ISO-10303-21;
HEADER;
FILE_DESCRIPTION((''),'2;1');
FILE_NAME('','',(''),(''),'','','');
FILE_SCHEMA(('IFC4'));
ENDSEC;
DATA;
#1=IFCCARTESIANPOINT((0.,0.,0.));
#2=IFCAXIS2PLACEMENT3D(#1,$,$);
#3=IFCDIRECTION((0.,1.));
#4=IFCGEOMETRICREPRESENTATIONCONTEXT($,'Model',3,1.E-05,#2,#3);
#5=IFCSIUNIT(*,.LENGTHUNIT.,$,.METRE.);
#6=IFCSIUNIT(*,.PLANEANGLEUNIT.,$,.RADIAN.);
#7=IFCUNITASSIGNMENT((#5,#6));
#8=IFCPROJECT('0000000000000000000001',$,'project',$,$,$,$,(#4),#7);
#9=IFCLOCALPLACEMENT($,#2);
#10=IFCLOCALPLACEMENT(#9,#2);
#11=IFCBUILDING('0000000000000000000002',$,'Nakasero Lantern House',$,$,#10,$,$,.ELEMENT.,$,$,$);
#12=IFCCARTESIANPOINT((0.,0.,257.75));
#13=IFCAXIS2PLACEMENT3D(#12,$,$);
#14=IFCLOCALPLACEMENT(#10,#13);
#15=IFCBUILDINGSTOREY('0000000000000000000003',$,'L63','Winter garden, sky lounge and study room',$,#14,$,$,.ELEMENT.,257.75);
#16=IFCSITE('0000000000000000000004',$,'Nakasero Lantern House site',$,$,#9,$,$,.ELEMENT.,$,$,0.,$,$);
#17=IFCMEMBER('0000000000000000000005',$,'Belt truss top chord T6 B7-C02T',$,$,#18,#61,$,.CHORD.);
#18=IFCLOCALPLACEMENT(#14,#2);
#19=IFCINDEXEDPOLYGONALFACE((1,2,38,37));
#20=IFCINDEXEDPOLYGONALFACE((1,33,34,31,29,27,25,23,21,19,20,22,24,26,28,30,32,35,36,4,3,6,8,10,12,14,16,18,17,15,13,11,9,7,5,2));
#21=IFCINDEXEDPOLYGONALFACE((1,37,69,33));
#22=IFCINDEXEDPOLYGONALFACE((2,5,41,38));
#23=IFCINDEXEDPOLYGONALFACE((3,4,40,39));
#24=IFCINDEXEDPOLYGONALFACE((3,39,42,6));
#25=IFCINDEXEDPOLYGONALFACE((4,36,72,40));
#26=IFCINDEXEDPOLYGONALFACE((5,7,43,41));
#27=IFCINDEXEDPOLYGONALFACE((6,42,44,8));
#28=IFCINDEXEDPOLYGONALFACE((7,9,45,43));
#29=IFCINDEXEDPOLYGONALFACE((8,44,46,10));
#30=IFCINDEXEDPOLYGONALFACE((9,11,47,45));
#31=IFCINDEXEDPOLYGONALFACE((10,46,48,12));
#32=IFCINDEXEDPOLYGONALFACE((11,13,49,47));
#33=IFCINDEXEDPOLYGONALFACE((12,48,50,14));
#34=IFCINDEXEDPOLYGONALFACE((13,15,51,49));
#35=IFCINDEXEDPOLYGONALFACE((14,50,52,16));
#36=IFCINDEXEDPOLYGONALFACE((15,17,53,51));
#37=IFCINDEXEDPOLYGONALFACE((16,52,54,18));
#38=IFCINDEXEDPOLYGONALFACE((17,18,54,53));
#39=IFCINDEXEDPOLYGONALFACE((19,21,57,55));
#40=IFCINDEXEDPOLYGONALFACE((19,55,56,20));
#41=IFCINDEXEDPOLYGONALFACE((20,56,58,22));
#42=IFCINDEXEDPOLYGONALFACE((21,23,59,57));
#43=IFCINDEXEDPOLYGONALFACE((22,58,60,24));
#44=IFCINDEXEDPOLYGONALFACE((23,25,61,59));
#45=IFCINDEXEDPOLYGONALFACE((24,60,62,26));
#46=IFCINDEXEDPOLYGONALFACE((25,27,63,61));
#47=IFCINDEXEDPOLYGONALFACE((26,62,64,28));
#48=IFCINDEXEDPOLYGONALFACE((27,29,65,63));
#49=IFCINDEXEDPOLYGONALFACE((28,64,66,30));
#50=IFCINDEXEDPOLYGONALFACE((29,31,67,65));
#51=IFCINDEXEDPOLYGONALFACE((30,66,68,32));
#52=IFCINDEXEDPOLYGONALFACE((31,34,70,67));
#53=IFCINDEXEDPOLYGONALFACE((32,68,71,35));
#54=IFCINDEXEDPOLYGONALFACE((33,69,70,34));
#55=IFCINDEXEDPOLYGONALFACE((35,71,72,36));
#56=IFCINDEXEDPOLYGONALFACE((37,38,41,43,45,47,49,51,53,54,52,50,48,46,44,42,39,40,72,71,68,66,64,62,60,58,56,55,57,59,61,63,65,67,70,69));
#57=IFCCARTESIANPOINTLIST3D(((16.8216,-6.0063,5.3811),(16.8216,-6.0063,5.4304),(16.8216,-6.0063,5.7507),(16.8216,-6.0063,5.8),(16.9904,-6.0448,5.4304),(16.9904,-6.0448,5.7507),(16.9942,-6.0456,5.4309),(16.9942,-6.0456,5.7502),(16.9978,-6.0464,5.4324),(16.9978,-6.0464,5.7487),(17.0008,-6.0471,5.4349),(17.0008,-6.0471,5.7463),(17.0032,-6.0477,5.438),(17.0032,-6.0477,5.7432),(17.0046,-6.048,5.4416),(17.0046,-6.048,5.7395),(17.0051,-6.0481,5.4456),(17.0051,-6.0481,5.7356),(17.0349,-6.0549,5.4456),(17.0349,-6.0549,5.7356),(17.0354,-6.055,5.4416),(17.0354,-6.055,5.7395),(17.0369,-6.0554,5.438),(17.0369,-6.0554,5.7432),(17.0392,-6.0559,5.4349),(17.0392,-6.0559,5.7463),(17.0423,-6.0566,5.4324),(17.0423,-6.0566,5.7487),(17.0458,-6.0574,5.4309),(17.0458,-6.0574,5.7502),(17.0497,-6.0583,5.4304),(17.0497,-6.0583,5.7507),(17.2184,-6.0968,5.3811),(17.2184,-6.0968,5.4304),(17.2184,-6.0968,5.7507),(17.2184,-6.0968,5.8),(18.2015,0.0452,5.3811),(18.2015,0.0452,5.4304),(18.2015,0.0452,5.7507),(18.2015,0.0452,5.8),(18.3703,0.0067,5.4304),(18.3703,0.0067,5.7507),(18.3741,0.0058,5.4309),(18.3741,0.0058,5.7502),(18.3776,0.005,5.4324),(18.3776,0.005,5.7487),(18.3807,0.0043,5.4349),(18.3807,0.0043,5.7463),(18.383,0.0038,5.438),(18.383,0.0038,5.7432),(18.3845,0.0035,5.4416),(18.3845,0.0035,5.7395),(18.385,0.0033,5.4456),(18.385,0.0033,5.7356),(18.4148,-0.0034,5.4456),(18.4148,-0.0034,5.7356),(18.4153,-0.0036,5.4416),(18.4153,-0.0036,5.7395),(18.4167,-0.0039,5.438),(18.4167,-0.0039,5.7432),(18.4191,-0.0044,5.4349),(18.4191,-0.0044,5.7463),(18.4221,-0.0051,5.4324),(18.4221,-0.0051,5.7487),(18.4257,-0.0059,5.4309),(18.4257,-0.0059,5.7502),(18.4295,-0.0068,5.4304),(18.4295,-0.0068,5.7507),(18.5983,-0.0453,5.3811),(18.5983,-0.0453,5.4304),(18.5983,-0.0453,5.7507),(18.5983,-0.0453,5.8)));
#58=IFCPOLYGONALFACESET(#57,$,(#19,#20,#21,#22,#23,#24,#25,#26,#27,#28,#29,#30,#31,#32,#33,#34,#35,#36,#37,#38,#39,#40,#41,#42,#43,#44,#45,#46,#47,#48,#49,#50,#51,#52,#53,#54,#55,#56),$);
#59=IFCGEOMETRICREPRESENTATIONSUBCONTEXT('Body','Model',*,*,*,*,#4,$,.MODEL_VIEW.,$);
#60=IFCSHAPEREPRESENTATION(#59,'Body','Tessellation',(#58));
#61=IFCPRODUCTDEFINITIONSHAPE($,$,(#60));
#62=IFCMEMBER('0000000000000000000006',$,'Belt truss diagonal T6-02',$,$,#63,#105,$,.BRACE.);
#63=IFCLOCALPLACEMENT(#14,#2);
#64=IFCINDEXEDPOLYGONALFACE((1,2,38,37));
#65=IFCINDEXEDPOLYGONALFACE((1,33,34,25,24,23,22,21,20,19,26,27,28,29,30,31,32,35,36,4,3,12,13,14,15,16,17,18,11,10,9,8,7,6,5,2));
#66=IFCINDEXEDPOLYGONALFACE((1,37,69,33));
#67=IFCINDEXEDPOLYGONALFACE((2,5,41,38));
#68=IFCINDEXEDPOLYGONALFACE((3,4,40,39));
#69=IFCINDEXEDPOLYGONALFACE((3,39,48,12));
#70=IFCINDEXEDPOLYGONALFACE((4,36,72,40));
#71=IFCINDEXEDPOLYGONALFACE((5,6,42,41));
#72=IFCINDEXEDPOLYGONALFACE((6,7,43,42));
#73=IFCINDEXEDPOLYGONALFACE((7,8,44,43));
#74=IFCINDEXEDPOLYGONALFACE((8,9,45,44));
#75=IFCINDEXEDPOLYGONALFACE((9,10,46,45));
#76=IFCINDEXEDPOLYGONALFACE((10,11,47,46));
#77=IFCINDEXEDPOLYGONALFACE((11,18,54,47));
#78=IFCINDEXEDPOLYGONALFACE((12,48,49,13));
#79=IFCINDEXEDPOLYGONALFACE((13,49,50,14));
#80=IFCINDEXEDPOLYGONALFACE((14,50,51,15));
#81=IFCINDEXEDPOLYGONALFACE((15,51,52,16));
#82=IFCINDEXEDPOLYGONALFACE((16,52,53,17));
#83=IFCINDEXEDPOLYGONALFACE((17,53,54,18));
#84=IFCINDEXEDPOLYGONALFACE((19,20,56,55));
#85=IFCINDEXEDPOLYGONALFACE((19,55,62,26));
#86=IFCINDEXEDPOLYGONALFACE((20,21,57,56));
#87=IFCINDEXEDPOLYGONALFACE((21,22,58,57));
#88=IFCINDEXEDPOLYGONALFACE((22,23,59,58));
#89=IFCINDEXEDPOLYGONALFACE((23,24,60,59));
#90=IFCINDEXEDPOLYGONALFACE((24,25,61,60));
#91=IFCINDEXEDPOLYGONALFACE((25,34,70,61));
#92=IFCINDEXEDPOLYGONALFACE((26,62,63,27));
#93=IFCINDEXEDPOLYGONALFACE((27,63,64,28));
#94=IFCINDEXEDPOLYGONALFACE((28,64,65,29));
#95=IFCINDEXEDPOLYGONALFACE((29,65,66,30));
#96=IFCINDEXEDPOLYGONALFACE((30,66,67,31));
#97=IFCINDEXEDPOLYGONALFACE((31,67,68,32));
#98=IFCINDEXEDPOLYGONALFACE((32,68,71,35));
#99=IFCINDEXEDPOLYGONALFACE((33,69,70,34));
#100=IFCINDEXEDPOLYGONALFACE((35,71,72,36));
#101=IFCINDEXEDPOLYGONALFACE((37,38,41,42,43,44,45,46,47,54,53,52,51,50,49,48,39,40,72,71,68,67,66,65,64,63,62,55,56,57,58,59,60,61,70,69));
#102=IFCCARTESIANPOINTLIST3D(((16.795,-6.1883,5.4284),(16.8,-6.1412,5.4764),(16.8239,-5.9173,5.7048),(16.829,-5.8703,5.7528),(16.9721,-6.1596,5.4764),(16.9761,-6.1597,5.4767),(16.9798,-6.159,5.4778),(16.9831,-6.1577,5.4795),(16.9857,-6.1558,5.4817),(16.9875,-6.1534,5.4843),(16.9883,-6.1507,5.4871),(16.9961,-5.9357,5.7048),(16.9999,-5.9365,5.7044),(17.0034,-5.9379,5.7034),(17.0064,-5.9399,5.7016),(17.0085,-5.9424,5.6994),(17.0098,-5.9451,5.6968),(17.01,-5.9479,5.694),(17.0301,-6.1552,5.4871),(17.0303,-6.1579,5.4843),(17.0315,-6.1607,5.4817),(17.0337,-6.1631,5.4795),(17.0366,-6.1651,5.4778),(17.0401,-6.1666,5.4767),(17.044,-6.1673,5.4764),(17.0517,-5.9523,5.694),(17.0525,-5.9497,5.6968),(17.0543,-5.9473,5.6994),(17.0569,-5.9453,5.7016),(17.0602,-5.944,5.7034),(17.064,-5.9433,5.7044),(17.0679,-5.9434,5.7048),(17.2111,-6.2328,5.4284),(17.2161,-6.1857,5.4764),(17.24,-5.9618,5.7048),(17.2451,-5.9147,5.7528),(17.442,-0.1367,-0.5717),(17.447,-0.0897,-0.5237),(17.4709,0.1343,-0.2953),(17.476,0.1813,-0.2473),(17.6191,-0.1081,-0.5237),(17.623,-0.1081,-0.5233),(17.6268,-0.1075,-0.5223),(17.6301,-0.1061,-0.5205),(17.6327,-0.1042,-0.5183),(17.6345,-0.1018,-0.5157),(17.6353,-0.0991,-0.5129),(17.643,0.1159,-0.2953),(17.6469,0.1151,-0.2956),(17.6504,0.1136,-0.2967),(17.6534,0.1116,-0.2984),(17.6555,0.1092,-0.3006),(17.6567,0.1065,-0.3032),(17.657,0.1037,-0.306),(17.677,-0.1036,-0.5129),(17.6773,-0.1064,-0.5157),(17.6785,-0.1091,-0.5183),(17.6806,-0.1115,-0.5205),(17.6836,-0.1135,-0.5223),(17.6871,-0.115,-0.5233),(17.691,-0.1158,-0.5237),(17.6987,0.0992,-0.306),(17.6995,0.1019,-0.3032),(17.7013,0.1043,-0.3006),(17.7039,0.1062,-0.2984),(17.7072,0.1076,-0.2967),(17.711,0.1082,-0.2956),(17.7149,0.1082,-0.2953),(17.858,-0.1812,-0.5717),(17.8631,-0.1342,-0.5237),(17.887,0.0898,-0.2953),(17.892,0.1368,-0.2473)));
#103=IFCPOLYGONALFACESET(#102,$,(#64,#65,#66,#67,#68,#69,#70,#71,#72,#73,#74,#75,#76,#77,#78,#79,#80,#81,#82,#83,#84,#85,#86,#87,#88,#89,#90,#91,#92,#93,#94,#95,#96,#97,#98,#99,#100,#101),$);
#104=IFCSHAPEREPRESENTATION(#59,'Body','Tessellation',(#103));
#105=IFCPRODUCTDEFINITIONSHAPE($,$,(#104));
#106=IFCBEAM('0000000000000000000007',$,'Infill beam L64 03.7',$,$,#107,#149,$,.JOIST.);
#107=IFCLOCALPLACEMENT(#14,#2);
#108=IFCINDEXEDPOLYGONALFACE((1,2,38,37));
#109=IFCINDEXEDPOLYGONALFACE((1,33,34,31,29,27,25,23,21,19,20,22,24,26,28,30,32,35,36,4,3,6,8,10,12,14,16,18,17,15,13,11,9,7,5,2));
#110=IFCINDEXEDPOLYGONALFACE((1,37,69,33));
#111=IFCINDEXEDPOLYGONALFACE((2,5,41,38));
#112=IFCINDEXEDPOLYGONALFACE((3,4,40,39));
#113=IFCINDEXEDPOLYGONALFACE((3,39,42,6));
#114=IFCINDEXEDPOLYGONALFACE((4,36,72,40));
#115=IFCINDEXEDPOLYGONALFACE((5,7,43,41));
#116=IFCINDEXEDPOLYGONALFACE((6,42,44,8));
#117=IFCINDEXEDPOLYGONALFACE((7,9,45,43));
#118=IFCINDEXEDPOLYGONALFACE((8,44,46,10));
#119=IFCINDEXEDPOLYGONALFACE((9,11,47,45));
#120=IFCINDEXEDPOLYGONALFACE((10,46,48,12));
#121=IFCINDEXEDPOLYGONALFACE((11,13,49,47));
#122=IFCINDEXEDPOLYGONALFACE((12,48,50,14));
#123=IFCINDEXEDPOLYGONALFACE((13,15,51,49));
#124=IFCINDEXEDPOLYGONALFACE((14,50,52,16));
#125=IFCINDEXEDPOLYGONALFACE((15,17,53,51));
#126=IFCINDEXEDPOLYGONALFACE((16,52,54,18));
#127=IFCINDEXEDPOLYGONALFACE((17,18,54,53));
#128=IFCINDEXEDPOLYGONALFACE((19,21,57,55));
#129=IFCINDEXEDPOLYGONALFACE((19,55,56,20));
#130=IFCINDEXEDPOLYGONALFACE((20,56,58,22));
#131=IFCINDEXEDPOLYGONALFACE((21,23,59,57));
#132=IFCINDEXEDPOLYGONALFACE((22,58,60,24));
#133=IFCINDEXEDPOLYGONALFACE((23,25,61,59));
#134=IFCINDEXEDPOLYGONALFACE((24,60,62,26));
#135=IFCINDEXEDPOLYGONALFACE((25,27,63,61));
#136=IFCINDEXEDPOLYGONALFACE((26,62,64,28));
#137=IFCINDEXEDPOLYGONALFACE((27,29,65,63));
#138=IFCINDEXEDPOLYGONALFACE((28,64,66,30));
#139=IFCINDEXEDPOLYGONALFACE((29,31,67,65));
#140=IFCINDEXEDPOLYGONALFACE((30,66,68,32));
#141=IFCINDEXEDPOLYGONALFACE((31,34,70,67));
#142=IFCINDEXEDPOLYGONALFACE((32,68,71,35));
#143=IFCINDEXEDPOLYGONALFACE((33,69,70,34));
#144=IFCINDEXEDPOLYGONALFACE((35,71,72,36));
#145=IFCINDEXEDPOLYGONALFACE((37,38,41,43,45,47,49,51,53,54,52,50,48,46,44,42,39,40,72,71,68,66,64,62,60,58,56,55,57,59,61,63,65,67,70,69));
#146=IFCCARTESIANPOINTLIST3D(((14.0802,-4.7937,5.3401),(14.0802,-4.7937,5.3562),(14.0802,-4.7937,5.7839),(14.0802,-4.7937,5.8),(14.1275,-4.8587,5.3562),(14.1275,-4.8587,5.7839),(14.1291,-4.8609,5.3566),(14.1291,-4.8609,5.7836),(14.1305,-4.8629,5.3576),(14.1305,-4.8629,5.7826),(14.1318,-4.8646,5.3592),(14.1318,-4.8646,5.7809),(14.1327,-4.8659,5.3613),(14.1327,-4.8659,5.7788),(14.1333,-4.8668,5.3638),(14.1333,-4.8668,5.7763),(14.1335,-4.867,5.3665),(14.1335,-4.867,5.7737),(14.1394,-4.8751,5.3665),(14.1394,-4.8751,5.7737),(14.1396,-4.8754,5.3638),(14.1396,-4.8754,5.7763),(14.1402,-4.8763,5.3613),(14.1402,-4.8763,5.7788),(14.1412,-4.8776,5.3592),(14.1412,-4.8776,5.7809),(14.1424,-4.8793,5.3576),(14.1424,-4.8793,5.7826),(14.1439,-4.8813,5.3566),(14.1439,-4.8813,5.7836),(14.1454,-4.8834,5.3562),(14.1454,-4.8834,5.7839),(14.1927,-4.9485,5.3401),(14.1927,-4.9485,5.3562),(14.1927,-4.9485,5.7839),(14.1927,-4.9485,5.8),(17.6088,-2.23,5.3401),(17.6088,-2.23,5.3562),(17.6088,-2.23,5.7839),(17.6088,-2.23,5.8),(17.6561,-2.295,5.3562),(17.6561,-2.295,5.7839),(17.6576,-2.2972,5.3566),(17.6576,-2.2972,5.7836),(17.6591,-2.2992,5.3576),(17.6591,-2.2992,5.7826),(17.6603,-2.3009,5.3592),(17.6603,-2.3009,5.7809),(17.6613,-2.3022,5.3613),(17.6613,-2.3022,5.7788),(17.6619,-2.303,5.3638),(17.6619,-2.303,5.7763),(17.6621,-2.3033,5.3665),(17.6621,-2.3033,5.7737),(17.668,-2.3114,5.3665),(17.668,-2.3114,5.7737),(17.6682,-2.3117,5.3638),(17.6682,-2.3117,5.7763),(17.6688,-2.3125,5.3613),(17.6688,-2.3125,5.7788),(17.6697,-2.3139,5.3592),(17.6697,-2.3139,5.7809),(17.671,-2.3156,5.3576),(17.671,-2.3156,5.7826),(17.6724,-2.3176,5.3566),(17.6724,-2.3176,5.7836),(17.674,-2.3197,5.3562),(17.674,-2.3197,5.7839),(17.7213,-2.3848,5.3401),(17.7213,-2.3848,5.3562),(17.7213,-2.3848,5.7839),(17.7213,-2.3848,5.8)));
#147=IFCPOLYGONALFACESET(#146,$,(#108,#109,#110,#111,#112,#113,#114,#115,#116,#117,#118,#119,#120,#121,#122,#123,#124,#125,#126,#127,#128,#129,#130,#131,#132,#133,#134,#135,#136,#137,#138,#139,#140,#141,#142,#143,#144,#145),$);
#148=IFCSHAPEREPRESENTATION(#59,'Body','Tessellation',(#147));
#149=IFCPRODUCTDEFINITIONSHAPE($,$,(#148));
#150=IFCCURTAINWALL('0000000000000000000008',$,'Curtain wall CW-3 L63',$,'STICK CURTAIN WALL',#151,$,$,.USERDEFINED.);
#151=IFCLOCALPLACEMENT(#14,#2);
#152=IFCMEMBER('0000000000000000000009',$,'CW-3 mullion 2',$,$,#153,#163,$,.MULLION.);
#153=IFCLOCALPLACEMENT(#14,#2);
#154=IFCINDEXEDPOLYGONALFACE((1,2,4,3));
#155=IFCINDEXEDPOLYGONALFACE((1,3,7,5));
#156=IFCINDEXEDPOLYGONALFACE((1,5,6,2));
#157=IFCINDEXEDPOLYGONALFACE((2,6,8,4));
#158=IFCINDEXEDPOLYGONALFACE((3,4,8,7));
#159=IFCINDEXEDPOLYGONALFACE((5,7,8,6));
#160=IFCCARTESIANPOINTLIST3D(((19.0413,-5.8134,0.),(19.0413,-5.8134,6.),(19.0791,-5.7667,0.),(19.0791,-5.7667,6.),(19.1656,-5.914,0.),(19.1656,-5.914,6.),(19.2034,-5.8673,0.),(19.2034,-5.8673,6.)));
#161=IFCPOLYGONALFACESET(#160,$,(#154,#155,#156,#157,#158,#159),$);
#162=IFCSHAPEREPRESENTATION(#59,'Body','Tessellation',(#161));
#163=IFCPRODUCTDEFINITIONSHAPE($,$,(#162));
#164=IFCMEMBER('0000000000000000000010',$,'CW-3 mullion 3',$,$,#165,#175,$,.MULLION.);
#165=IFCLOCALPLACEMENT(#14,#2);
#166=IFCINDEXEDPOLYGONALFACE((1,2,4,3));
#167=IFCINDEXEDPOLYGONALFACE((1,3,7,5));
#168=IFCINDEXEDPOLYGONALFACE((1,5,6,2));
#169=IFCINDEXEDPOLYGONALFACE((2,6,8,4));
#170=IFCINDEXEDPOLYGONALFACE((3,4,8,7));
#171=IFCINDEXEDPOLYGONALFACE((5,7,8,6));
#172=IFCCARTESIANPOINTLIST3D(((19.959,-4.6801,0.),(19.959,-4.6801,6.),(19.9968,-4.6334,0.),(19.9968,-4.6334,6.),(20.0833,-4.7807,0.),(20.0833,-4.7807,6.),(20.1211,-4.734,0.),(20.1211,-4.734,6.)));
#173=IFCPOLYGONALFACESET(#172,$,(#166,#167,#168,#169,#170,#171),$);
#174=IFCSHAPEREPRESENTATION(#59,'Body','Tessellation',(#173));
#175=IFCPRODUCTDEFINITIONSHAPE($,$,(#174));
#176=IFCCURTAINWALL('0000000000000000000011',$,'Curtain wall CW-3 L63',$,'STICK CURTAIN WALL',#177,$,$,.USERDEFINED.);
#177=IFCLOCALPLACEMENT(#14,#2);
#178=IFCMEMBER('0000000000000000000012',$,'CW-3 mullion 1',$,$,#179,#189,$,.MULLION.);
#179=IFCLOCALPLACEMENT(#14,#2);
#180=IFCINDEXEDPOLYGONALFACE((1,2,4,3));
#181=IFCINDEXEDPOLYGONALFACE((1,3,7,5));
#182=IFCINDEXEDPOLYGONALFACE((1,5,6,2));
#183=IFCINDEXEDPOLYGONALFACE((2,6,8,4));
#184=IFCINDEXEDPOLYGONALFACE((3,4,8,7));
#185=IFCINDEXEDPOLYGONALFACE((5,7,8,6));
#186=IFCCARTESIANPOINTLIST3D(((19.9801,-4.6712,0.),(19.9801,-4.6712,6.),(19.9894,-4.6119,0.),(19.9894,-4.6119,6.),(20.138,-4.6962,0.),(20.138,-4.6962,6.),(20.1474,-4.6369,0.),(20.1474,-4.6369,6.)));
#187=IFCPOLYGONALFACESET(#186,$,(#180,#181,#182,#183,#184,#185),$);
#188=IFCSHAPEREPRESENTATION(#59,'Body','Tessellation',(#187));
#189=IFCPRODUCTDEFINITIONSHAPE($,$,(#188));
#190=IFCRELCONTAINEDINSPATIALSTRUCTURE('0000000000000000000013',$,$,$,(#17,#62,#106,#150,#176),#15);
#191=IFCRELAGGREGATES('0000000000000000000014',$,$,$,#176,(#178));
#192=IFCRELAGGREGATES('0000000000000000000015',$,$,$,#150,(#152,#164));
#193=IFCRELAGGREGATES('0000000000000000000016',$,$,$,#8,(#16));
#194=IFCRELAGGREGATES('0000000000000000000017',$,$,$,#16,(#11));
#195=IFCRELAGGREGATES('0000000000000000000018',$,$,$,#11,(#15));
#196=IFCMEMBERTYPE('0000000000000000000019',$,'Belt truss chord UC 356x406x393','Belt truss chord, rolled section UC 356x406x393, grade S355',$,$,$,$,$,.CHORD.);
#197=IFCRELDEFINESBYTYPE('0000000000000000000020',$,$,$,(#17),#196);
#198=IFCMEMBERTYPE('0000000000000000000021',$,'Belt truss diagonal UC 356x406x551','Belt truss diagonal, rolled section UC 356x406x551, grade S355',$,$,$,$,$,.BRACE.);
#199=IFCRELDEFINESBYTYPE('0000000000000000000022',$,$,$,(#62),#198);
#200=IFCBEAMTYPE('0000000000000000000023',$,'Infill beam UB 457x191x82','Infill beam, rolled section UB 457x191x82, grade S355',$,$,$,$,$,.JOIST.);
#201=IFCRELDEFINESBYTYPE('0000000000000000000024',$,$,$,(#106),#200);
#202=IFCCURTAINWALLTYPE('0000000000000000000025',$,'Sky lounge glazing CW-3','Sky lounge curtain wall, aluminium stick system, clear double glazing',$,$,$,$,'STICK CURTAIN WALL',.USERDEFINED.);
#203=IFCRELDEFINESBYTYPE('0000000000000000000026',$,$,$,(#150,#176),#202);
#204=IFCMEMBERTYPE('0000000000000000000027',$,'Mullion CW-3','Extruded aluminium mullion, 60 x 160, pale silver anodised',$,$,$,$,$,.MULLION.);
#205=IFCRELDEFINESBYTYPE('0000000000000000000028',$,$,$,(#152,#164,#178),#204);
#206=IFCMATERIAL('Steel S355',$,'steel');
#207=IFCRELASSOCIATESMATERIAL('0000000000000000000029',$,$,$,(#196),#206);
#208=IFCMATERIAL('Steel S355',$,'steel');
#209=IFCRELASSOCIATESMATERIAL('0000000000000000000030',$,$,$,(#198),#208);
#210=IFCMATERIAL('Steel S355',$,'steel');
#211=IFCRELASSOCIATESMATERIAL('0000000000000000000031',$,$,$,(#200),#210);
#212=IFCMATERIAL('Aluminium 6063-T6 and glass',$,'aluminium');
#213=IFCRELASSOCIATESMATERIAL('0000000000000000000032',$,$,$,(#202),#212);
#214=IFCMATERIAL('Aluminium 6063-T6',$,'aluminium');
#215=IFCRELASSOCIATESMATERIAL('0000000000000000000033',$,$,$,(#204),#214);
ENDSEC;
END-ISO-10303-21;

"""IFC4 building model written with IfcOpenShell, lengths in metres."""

from ifc_helpers import new_model, si_unit, direction, frame, origin, origin_2d, place, context, subcontext, project, spatial, rectangle, i_section, extrude, material, material_profile, profile_set, type_object, element, aggregate, save


model = new_model("IFC4")

# Units and contexts
model_context = context("Model", 3, precision=1e-05, world=origin(), true_north=direction((0.0, 1.0)))
body_context = subcontext(model_context, "Body", "Model", "MODEL_VIEW")
ifc_project = project(units=[si_unit("LENGTHUNIT", "METRE"), si_unit("PLANEANGLEUNIT", "RADIAN")], contexts=[model_context])

# Site, building, storey
site_placement = place(None, origin())
site = spatial("IfcSite", under=ifc_project, at=site_placement, Name="Nakasero Lantern House site", CompositionType="ELEMENT", RefElevation=0.0)
building_placement = place(site_placement, origin())
building = spatial("IfcBuilding", under=site, at=building_placement, Name="Nakasero Lantern House", CompositionType="ELEMENT")
storey_placement = place(building_placement, frame((0.0, 0.0, 257.75)))
storey = spatial("IfcBuildingStorey", under=building, at=storey_placement, Name="L63", Description="Winter garden, sky lounge and study room", CompositionType="ELEMENT", Elevation=257.75)

# Members
ifc_material_1 = material(Name="Steel S355", Category="steel")
ifc_material_profile_1 = material_profile(ifc_material_1, i_section(OverallWidth=0.407, OverallDepth=0.4189, WebThickness=0.0305, FlangeThickness=0.0493, FilletRadius=0.0151, at=origin_2d()), Name="UC 356x406x393")
ifc_profile_set_1 = profile_set([ifc_material_profile_1], Name="Steel S355")
member_type_1 = type_object("IfcMemberType", Name="Belt truss chord UC 356x406x393", Description="Belt truss chord, rolled section UC 356x406x393, grade S355", PredefinedType="CHORD", material=ifc_profile_set_1)
member_1_placement = place(storey_placement, frame((17.02, -6.0515, 5.5906), z_axis=(0.222316, 0.974975, 0.0), x_axis=(-0.974975, 0.222316, 0.0)))
element("IfcMember", 1, at=member_1_placement, inside=storey, type_object=member_type_1, Name="Belt truss top chord T6 B7-C02T", PredefinedType="CHORD", context=body_context, shape_type="SweptSolid", body=[
    extrude(i_section(OverallWidth=0.407, OverallDepth=0.4189, WebThickness=0.0305, FlangeThickness=0.0493, FilletRadius=0.0151, at=origin_2d()), origin(), (0.0, 0.0, 1.0), 6.2068),
])
ifc_material_2 = material(Name="Steel S355", Category="steel")
ifc_material_profile_2 = material_profile(ifc_material_2, i_section(OverallWidth=0.4185, OverallDepth=0.4556, WebThickness=0.042, FlangeThickness=0.0674, FilletRadius=0.0151, at=origin_2d()), Name="UC 356x406x551")
ifc_profile_set_2 = profile_set([ifc_material_profile_2], Name="Steel S355")
member_type_2 = type_object("IfcMemberType", Name="Belt truss diagonal UC 356x406x551", Description="Belt truss diagonal, rolled section UC 356x406x551, grade S355", PredefinedType="BRACE", material=ifc_profile_set_2)
member_2_placement = place(storey_placement, frame((17.02, -6.0515, 5.5906), z_axis=(0.075702, 0.708085, -0.702057), x_axis=(-0.994334, 0.106305, 0.0)))
element("IfcMember", 2, at=member_2_placement, inside=storey, type_object=member_type_2, Name="Belt truss diagonal T6-02", PredefinedType="BRACE", context=body_context, shape_type="SweptSolid", body=[
    extrude(i_section(OverallWidth=0.4185, OverallDepth=0.4556, WebThickness=0.042, FlangeThickness=0.0674, FilletRadius=0.0151, at=origin_2d()), origin(), (0.0, 0.0, 1.0), 8.5464),
])

# Beam
ifc_material_3 = material(Name="Steel S355", Category="steel")
ifc_material_profile_3 = material_profile(ifc_material_3, i_section(OverallWidth=0.1914, OverallDepth=0.46, WebThickness=0.01, FlangeThickness=0.0161, FilletRadius=0.0103, at=origin_2d()), Name="UB 457x191x82")
ifc_profile_set_3 = profile_set([ifc_material_profile_3], Name="Steel S355")
beam_type_1 = type_object("IfcBeamType", Name="Infill beam UB 457x191x82", Description="Infill beam, rolled section UB 457x191x82, grade S355", PredefinedType="JOIST", material=ifc_profile_set_3)
beam_1_placement = place(storey_placement, frame((14.1365, -4.8711, 5.5701), z_axis=(0.80901, 0.587796, 0.0), x_axis=(-0.587796, 0.80901, 0.0)))
element("IfcBeam", 3, at=beam_1_placement, inside=storey, type_object=beam_type_1, Name="Infill beam L64 03.7", PredefinedType="JOIST", context=body_context, shape_type="SweptSolid", body=[
    extrude(i_section(OverallWidth=0.1914, OverallDepth=0.46, WebThickness=0.01, FlangeThickness=0.0161, FilletRadius=0.0103, at=origin_2d()), origin(), (0.0, 0.0, 1.0), 4.3616),
])

# Curtain wall, members
ifc_material_4 = material(Name="Aluminium 6063-T6 and glass", Category="aluminium")
curtain_wall_type = type_object("IfcCurtainWallType", Name="Sky lounge glazing CW-3", Description="Sky lounge curtain wall, aluminium stick system, clear double glazing", ElementType="STICK CURTAIN WALL", PredefinedType="USERDEFINED", material=ifc_material_4)
curtain_wall_1_placement = place(storey_placement, origin())
curtain_wall_1 = element("IfcCurtainWall", 4, at=curtain_wall_1_placement, inside=storey, type_object=curtain_wall_type, Name="Curtain wall CW-3 L63", ObjectType="STICK CURTAIN WALL", PredefinedType="USERDEFINED")
ifc_material_5 = material(Name="Aluminium 6063-T6", Category="aluminium")
ifc_material_profile_4 = material_profile(ifc_material_5, rectangle(XDim=0.0601, YDim=0.1599, at=origin_2d()), Name="CW-3 mullion 60x160")
ifc_profile_set_4 = profile_set([ifc_material_profile_4], Name="Aluminium 6063-T6")
member_type_3 = type_object("IfcMemberType", Name="Mullion CW-3", Description="Extruded aluminium mullion, 60 x 160, pale silver anodised", PredefinedType="MULLION", material=ifc_profile_set_4)
member_3_placement = place(storey_placement, frame((19.1223, -5.8403, 0.0), z_axis=(0.0, 0.0, 1.0), x_axis=(0.62932, 0.777146, 0.0)))
member_3 = element("IfcMember", 5, at=member_3_placement, type_object=member_type_3, Name="CW-3 mullion 2", PredefinedType="MULLION", context=body_context, shape_type="SweptSolid", body=[
    extrude(rectangle(XDim=0.0601, YDim=0.1599, at=origin_2d()), origin(), (0.0, 0.0, 1.0), 6.0),
])
member_4_placement = place(storey_placement, frame((20.04, -4.707, 0.0), z_axis=(0.0, 0.0, 1.0), x_axis=(0.62932, 0.777146, 0.0)))
member_4 = element("IfcMember", 6, at=member_4_placement, type_object=member_type_3, Name="CW-3 mullion 3", PredefinedType="MULLION", context=body_context, shape_type="SweptSolid", body=[
    extrude(rectangle(XDim=0.0601, YDim=0.1599, at=origin_2d()), origin(), (0.0, 0.0, 1.0), 6.0),
])

# Curtain wall, member
curtain_wall_2_placement = place(storey_placement, origin())
curtain_wall_2 = element("IfcCurtainWall", 7, at=curtain_wall_2_placement, inside=storey, type_object=curtain_wall_type, Name="Curtain wall CW-3 L63", ObjectType="STICK CURTAIN WALL", PredefinedType="USERDEFINED")
member_5_placement = place(storey_placement, frame((20.0637, -4.6541, 0.0), z_axis=(0.0, 0.0, 1.0), x_axis=(0.156434, 0.987688, 0.0)))
member_5 = element("IfcMember", 8, at=member_5_placement, type_object=member_type_3, Name="CW-3 mullion 1", PredefinedType="MULLION", context=body_context, shape_type="SweptSolid", body=[
    extrude(rectangle(XDim=0.0601, YDim=0.1599, at=origin_2d()), origin(), (0.0, 0.0, 1.0), 6.0),
])
aggregate(curtain_wall_2, [member_5])

aggregate(curtain_wall_1, [member_3, member_4])

save(model, "model.ifc")
